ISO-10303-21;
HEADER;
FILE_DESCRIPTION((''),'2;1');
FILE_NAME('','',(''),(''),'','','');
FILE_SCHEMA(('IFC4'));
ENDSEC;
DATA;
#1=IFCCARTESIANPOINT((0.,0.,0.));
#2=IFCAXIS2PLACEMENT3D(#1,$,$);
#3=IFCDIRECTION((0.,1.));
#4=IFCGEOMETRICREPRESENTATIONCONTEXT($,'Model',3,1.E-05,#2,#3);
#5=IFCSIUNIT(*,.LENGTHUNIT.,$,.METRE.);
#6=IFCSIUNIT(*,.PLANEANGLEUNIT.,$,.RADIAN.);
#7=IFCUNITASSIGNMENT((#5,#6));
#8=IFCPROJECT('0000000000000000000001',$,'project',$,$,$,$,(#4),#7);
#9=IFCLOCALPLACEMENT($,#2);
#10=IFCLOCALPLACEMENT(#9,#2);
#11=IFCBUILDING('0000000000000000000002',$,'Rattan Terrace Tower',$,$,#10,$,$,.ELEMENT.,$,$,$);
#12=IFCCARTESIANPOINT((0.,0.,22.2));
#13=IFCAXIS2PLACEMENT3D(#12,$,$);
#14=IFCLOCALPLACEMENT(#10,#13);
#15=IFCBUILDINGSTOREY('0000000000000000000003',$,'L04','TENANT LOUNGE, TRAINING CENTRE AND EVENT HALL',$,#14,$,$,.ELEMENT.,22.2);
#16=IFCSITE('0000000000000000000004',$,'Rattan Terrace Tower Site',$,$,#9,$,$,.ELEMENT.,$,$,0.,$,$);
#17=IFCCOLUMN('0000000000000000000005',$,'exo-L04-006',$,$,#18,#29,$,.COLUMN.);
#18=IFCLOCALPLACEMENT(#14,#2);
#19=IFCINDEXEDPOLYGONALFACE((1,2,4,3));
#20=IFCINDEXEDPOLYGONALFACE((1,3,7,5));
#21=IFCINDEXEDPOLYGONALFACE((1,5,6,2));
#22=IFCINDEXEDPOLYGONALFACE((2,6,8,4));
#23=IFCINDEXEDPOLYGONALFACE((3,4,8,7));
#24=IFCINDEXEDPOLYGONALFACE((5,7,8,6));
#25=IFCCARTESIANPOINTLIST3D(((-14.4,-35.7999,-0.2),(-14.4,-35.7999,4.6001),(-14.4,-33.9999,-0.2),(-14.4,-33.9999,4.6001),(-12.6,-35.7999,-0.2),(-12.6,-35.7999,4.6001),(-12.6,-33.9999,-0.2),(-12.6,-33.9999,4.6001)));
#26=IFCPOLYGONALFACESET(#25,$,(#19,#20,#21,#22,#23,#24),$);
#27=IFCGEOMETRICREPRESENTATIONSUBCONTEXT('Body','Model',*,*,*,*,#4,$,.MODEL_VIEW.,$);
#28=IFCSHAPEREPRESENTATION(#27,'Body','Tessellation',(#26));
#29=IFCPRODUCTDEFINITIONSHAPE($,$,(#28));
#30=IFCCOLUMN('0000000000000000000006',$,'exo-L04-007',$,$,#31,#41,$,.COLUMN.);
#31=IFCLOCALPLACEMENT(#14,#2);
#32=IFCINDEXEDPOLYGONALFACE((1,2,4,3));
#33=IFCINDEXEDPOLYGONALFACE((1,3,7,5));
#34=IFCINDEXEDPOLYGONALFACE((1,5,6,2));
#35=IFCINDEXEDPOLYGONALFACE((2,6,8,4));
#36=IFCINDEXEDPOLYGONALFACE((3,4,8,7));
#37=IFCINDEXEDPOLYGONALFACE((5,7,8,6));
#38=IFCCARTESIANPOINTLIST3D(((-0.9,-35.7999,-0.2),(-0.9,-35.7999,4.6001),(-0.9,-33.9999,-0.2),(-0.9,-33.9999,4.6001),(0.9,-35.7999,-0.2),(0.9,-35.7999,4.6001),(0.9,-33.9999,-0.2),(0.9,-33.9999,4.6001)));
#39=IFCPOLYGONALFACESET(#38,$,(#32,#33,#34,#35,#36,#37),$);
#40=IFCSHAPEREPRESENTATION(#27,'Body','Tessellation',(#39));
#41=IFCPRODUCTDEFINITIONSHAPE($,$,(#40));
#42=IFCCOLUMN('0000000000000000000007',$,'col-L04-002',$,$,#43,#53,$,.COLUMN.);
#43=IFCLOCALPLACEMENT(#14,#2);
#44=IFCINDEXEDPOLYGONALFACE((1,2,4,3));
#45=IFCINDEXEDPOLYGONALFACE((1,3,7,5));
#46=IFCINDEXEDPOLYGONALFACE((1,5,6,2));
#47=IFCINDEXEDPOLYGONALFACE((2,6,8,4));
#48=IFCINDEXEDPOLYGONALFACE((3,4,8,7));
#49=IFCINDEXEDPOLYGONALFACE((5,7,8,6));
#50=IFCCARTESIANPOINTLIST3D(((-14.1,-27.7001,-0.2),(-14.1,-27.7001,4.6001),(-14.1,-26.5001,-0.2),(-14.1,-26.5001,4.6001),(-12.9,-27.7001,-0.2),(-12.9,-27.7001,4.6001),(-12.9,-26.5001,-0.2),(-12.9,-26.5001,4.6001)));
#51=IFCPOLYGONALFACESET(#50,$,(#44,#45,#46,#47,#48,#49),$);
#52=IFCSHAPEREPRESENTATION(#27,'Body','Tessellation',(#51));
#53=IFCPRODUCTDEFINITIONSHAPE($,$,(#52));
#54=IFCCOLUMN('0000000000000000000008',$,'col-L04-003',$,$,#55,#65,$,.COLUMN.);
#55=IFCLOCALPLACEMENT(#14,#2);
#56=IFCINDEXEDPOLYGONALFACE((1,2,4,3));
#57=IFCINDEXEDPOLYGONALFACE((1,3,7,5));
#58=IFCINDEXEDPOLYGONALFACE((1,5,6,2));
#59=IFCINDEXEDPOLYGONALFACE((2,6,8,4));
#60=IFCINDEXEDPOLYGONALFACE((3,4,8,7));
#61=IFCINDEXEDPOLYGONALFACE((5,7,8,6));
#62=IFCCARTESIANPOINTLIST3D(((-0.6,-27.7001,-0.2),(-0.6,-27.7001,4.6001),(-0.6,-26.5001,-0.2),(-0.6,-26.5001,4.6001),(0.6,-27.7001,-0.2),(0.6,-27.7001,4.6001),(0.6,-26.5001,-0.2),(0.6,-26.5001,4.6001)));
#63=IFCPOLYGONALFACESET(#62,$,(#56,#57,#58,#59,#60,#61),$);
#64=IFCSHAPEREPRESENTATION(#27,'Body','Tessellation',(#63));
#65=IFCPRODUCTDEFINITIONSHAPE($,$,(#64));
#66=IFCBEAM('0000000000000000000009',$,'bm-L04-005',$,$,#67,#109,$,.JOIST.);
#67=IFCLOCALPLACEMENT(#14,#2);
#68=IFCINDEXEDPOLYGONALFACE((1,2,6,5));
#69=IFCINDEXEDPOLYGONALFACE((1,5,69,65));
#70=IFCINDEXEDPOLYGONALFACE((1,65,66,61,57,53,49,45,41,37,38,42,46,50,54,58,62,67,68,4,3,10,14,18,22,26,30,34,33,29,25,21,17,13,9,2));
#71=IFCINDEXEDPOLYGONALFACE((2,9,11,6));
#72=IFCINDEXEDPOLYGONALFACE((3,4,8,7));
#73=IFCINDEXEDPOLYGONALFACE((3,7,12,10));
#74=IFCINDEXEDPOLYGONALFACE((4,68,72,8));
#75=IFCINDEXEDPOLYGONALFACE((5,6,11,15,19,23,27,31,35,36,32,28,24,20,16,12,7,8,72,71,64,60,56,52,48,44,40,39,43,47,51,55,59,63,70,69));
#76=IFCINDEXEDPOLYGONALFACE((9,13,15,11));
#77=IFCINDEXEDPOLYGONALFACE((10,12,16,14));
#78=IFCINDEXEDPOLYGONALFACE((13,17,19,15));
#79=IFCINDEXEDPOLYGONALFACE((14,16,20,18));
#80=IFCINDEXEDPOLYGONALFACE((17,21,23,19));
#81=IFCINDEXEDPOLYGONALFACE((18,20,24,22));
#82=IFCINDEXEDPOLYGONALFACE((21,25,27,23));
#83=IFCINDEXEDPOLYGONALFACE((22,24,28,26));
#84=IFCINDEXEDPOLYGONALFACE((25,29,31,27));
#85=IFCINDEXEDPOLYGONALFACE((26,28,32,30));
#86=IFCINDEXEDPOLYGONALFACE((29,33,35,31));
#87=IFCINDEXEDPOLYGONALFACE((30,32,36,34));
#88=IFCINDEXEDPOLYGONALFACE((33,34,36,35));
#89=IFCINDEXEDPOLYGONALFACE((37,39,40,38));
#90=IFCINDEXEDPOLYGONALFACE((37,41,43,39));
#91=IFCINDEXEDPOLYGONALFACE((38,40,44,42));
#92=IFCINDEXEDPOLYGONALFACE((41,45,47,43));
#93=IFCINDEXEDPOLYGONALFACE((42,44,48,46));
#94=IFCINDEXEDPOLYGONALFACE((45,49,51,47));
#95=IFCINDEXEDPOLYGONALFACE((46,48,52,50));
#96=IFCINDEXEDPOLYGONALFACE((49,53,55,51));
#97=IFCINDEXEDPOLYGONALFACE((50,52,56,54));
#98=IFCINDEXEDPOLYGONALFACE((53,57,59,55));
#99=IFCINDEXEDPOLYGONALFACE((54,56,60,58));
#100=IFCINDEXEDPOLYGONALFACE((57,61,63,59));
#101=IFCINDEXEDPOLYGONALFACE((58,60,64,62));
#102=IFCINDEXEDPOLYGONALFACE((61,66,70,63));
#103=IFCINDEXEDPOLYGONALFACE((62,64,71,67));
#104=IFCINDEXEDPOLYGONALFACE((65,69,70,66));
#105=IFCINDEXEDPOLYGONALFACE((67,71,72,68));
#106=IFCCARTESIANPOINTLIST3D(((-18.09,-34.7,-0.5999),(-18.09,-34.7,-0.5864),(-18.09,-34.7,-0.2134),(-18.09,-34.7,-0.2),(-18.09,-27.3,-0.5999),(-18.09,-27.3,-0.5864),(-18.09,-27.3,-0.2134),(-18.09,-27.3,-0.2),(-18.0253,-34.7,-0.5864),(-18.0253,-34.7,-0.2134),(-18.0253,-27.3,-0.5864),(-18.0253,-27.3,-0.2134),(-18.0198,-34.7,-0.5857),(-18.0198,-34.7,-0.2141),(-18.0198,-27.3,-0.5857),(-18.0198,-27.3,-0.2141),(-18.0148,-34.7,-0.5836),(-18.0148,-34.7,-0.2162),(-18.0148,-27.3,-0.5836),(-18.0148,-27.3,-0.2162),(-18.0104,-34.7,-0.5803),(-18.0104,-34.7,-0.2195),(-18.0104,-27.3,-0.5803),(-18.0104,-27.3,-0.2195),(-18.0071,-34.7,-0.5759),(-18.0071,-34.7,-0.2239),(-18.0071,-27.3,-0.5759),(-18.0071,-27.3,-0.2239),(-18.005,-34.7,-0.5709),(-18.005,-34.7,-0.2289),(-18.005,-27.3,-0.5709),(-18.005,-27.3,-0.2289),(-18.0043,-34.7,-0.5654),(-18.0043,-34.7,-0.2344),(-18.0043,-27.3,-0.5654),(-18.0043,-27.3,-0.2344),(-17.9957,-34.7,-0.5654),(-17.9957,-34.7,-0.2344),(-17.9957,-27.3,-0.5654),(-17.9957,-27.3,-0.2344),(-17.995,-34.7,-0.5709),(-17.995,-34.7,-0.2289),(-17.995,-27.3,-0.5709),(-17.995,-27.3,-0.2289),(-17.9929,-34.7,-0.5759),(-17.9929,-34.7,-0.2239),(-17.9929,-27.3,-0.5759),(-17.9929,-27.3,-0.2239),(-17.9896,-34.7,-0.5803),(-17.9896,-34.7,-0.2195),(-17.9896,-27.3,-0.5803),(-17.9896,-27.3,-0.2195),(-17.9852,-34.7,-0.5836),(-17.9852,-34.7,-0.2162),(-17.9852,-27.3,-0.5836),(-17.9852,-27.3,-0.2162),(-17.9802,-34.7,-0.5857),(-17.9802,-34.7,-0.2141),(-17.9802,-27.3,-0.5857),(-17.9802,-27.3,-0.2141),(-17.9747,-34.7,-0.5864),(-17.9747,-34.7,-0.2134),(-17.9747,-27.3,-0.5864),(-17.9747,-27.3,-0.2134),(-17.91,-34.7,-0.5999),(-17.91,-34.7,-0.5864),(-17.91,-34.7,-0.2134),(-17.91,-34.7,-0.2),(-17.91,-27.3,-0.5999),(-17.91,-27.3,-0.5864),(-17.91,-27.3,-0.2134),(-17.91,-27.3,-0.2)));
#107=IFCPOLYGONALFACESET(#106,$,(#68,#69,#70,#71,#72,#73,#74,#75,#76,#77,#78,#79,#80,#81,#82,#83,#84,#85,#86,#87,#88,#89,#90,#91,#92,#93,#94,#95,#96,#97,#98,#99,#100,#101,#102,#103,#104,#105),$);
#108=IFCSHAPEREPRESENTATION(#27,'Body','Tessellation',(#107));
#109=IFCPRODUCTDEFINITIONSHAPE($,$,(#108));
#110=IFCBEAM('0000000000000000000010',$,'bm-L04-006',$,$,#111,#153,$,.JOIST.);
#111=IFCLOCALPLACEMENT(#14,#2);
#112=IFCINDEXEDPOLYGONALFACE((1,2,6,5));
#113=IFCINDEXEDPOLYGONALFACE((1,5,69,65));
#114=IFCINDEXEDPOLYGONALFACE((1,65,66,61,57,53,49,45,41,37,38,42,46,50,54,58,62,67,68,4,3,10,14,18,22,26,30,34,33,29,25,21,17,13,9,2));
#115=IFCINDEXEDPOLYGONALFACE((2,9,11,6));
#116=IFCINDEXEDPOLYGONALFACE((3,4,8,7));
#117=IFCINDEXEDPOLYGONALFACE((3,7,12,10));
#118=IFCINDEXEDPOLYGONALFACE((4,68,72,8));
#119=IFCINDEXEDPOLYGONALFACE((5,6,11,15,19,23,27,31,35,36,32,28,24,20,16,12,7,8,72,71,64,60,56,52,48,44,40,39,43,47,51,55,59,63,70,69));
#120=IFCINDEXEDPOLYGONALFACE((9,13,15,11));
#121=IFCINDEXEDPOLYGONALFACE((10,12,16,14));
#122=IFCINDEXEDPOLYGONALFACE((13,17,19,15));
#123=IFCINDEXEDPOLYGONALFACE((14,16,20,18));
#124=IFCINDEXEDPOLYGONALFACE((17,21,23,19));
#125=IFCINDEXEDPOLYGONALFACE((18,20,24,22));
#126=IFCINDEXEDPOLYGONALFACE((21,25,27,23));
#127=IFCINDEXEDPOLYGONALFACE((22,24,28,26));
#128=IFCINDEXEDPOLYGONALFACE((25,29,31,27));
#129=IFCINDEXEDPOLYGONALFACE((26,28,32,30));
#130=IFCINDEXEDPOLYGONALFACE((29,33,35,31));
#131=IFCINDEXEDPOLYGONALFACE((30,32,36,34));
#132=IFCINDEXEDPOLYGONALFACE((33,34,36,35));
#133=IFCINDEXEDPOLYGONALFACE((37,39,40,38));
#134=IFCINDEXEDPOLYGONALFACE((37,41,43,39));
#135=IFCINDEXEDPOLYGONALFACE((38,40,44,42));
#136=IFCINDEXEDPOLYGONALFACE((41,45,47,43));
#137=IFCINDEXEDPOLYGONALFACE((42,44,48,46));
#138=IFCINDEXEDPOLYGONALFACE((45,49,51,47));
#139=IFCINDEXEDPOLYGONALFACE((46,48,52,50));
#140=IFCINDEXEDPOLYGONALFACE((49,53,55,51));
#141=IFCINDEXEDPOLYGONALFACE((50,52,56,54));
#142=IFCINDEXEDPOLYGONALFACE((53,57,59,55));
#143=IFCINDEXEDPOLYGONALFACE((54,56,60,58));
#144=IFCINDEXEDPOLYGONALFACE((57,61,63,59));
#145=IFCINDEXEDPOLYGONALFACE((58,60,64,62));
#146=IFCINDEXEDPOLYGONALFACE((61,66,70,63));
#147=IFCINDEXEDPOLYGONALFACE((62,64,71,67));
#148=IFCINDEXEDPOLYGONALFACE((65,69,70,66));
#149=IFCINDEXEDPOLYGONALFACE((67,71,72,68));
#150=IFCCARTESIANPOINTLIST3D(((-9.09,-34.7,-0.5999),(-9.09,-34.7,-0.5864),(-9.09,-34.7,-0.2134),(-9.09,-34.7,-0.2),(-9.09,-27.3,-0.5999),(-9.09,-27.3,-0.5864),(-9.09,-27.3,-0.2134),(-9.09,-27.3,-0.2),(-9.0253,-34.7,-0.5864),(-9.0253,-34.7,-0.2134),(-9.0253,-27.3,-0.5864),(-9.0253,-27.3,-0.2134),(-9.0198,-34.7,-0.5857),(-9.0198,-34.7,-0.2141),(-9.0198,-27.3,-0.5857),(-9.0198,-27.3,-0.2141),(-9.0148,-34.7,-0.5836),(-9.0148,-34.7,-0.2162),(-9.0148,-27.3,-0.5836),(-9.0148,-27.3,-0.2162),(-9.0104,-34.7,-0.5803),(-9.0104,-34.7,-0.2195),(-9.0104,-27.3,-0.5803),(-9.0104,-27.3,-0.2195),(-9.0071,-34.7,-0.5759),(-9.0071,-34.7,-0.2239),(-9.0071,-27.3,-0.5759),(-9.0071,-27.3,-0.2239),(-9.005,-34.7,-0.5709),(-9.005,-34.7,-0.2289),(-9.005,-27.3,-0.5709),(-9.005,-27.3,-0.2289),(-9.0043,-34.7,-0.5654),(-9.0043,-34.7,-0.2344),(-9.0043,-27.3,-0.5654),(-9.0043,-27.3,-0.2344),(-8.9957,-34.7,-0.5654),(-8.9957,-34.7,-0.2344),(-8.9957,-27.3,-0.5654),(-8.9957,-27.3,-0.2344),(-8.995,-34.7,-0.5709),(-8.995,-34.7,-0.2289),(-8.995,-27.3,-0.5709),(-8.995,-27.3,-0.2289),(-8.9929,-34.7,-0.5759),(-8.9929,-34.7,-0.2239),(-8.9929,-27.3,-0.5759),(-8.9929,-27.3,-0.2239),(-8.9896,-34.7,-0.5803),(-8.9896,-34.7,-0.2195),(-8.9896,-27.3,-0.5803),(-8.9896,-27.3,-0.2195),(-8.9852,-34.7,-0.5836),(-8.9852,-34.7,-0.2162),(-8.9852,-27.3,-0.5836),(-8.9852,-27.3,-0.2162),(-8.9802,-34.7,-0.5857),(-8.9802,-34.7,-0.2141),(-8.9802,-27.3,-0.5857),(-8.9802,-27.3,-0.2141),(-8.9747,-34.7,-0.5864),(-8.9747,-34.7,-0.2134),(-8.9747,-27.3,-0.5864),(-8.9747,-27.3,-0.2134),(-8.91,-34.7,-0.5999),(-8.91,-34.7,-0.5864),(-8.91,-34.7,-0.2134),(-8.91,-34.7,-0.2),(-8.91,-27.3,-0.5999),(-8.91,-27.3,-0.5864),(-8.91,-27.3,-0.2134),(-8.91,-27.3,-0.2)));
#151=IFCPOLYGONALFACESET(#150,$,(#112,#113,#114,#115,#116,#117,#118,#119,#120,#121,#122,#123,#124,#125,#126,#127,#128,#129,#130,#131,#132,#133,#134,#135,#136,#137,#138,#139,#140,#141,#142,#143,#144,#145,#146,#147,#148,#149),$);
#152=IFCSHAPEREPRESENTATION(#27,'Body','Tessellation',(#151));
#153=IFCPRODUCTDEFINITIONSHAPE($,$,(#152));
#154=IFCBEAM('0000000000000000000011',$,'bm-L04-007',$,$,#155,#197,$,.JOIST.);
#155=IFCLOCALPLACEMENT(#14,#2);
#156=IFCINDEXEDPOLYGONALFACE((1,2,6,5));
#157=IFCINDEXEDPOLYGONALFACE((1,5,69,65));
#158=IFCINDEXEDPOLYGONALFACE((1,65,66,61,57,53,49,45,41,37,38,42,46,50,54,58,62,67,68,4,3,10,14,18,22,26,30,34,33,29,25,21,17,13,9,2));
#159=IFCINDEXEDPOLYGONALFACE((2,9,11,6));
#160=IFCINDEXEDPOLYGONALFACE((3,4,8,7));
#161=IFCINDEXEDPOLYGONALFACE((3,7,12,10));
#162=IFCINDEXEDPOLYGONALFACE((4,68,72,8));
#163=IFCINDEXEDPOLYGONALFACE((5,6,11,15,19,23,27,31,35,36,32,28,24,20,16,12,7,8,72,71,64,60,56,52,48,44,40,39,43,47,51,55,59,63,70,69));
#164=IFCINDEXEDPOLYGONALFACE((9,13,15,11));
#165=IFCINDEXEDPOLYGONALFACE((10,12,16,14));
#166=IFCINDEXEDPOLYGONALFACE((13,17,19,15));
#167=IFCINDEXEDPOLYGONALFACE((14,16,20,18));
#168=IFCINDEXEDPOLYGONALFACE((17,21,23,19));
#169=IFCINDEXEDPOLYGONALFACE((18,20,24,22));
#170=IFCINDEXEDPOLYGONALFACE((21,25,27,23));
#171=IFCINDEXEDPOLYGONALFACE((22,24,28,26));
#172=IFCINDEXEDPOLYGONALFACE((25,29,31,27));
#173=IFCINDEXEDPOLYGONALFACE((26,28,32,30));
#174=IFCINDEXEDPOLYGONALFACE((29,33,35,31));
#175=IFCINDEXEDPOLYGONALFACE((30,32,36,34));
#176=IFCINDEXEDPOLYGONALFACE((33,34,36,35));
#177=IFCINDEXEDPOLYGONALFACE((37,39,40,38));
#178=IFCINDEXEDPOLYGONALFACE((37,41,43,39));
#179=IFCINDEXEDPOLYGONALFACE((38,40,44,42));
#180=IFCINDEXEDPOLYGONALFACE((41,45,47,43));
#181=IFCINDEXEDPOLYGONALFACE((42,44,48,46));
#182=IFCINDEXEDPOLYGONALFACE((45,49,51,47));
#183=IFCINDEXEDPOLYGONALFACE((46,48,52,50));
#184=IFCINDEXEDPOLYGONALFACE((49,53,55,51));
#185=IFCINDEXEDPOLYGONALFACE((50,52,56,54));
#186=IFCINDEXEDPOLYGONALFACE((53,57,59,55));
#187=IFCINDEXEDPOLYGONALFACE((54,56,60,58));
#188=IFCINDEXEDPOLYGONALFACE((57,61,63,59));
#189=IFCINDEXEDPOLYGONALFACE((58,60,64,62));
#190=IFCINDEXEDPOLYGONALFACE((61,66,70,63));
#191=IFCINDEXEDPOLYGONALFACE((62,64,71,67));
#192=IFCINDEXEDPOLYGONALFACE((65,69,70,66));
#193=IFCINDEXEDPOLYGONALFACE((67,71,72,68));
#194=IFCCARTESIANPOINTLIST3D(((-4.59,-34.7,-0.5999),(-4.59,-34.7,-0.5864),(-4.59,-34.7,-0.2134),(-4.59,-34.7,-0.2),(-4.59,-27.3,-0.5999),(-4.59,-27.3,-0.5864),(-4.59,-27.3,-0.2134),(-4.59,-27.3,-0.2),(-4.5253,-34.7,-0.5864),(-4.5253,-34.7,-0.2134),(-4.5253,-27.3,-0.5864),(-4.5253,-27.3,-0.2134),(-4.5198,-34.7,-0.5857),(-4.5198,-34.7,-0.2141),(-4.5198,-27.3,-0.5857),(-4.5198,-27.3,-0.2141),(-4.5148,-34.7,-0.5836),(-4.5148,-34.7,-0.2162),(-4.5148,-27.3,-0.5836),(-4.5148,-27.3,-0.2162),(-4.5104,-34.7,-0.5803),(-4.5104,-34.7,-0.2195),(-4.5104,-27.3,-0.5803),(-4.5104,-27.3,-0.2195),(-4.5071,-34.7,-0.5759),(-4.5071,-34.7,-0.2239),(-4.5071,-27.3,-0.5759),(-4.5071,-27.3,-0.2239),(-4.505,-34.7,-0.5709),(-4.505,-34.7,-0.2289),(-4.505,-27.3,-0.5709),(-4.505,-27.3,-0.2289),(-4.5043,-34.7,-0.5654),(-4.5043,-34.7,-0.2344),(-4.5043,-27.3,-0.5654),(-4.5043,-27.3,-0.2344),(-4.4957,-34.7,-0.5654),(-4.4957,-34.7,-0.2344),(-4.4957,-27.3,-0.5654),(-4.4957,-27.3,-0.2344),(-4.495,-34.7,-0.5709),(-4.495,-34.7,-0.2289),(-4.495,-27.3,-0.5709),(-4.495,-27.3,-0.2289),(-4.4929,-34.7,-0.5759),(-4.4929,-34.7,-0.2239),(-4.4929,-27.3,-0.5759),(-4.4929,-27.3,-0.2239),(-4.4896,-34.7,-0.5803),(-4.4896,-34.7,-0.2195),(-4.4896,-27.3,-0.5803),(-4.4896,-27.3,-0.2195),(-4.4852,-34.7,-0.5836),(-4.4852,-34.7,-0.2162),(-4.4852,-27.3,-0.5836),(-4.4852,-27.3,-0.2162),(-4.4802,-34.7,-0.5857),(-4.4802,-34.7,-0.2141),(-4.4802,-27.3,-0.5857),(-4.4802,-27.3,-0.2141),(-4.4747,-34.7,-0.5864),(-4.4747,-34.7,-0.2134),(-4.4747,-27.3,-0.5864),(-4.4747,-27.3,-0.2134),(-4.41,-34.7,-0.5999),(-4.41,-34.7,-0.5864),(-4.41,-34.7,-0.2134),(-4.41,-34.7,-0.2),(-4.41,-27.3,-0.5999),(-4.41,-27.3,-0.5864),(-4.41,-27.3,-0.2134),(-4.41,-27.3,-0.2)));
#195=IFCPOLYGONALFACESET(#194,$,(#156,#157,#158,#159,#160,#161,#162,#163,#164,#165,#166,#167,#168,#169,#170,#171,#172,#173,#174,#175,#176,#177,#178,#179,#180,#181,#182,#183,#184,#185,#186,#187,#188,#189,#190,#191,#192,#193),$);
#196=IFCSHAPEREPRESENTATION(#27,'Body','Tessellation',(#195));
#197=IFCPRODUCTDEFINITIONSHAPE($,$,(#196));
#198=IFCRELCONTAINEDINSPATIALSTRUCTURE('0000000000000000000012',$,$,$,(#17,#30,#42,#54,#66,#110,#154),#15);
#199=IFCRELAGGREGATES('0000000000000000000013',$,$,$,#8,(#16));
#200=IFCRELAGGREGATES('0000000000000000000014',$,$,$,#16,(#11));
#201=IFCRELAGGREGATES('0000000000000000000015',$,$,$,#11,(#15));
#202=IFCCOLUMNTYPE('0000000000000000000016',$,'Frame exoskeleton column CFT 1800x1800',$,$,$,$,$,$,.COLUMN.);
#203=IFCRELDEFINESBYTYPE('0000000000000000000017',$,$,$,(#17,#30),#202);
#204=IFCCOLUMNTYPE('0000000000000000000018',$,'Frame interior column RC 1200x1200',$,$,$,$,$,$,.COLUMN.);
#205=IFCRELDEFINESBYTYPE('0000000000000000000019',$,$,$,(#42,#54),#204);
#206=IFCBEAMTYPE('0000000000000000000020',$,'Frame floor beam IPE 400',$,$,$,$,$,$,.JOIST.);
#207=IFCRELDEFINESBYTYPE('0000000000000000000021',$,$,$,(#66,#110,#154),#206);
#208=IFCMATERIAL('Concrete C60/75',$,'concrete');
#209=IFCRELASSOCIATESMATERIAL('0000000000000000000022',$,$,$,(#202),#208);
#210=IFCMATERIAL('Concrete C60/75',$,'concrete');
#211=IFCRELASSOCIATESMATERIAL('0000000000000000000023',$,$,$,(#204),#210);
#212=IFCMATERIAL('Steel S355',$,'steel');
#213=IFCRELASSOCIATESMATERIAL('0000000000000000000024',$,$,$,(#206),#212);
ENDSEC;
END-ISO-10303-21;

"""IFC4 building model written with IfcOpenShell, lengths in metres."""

from ifc_helpers import new_model, si_unit, direction, frame, origin, origin_2d, place, context, subcontext, project, spatial, rectangle, i_section, extrude, material, material_profile, profile_set, type_object, element, save


model = new_model("IFC4")

# Units and contexts
model_context = context("Model", 3, precision=1e-05, world=origin(), true_north=direction((0.0, 1.0)))
body_context = subcontext(model_context, "Body", "Model", "MODEL_VIEW")
ifc_project = project(units=[si_unit("LENGTHUNIT", "METRE"), si_unit("PLANEANGLEUNIT", "RADIAN")], contexts=[model_context])

# Site, building, storey
site_placement = place(None, origin())
site = spatial("IfcSite", under=ifc_project, at=site_placement, Name="Rattan Terrace Tower Site", CompositionType="ELEMENT", RefElevation=0.0)
building_placement = place(site_placement, origin())
building = spatial("IfcBuilding", under=site, at=building_placement, Name="Rattan Terrace Tower", CompositionType="ELEMENT")
storey_placement = place(building_placement, frame((0.0, 0.0, 22.2)))
storey = spatial("IfcBuildingStorey", under=building, at=storey_placement, Name="L04", Description="TENANT LOUNGE, TRAINING CENTRE AND EVENT HALL", CompositionType="ELEMENT", Elevation=22.2)

# Columns
ifc_material_1 = material(Name="Concrete C60/75", Category="concrete")
ifc_material_profile_1 = material_profile(ifc_material_1, rectangle(XDim=1.8, YDim=1.8, at=origin_2d()), Name="CFT 1800x1800")
ifc_profile_set_1 = profile_set([ifc_material_profile_1], Name="Concrete C60/75")
column_type_1 = type_object("IfcColumnType", Name="Frame exoskeleton column CFT 1800x1800", PredefinedType="COLUMN", material=ifc_profile_set_1)
for number, where, z_axis, x_axis, name in (
    (1, (-13.5, -34.8999, -0.2), (0.0, 0.0, 1.0), (1.0, 0.0, 0.0), "exo-L04-006"),
    (2, (0.0, -34.8999, -0.2), (0.0, 0.0, 1.0), (1.0, 0.0, 0.0), "exo-L04-007"),
):
    element("IfcColumn", number, at=place(storey_placement, frame(where, z_axis=z_axis, x_axis=x_axis)), inside=storey, type_object=column_type_1, Name=name, PredefinedType="COLUMN", context=body_context, shape_type="SweptSolid", body=[
        extrude(rectangle(XDim=1.8, YDim=1.8, at=origin_2d()), origin(), (0.0, 0.0, 1.0), 4.8),
    ])
ifc_material_2 = material(Name="Concrete C60/75", Category="concrete")
ifc_material_profile_2 = material_profile(ifc_material_2, rectangle(XDim=1.2, YDim=1.2, at=origin_2d()), Name="RC 1200x1200")
ifc_profile_set_2 = profile_set([ifc_material_profile_2], Name="Concrete C60/75")
column_type_2 = type_object("IfcColumnType", Name="Frame interior column RC 1200x1200", PredefinedType="COLUMN", material=ifc_profile_set_2)
for number, where, z_axis, x_axis, name in (
    (3, (-13.5, -27.1001, -0.2), (0.0, 0.0, 1.0), (1.0, 0.0, 0.0), "col-L04-002"),
    (4, (0.0, -27.1001, -0.2), (0.0, 0.0, 1.0), (1.0, 0.0, 0.0), "col-L04-003"),
):
    element("IfcColumn", number, at=place(storey_placement, frame(where, z_axis=z_axis, x_axis=x_axis)), inside=storey, type_object=column_type_2, Name=name, PredefinedType="COLUMN", context=body_context, shape_type="SweptSolid", body=[
        extrude(rectangle(XDim=1.2, YDim=1.2, at=origin_2d()), origin(), (0.0, 0.0, 1.0), 4.8),
    ])

# Beams
ifc_material_3 = material(Name="Steel S355", Category="steel")
ifc_material_profile_3 = material_profile(ifc_material_3, i_section(OverallWidth=0.1799, OverallDepth=0.3999, WebThickness=0.0085, FlangeThickness=0.0134, FilletRadius=0.021, at=origin_2d()), Name="IPE 400")
ifc_profile_set_3 = profile_set([ifc_material_profile_3], Name="Steel S355")
beam_type_1 = type_object("IfcBeamType", Name="Frame floor beam IPE 400", PredefinedType="JOIST", material=ifc_profile_set_3)
for number, where, z_axis, x_axis, name in (
    (5, (-18.0, -34.7, -0.3999), (0.0, 1.0, 0.0), (-1.0, 0.0, 0.0), "bm-L04-005"),
    (6, (-9.0, -34.7, -0.3999), (0.0, 1.0, 0.0), (-1.0, 0.0, 0.0), "bm-L04-006"),
    (7, (-4.5, -34.7, -0.3999), (0.0, 1.0, 0.0), (-1.0, 0.0, 0.0), "bm-L04-007"),
):
    element("IfcBeam", number, at=place(storey_placement, frame(where, z_axis=z_axis, x_axis=x_axis)), inside=storey, type_object=beam_type_1, Name=name, PredefinedType="JOIST", context=body_context, shape_type="SweptSolid", body=[
        extrude(i_section(OverallWidth=0.1799, OverallDepth=0.3999, WebThickness=0.0085, FlangeThickness=0.0134, FilletRadius=0.021, at=origin_2d()), origin(), (0.0, 0.0, 1.0), 7.3999),
    ])

save(model, "model.ifc")
